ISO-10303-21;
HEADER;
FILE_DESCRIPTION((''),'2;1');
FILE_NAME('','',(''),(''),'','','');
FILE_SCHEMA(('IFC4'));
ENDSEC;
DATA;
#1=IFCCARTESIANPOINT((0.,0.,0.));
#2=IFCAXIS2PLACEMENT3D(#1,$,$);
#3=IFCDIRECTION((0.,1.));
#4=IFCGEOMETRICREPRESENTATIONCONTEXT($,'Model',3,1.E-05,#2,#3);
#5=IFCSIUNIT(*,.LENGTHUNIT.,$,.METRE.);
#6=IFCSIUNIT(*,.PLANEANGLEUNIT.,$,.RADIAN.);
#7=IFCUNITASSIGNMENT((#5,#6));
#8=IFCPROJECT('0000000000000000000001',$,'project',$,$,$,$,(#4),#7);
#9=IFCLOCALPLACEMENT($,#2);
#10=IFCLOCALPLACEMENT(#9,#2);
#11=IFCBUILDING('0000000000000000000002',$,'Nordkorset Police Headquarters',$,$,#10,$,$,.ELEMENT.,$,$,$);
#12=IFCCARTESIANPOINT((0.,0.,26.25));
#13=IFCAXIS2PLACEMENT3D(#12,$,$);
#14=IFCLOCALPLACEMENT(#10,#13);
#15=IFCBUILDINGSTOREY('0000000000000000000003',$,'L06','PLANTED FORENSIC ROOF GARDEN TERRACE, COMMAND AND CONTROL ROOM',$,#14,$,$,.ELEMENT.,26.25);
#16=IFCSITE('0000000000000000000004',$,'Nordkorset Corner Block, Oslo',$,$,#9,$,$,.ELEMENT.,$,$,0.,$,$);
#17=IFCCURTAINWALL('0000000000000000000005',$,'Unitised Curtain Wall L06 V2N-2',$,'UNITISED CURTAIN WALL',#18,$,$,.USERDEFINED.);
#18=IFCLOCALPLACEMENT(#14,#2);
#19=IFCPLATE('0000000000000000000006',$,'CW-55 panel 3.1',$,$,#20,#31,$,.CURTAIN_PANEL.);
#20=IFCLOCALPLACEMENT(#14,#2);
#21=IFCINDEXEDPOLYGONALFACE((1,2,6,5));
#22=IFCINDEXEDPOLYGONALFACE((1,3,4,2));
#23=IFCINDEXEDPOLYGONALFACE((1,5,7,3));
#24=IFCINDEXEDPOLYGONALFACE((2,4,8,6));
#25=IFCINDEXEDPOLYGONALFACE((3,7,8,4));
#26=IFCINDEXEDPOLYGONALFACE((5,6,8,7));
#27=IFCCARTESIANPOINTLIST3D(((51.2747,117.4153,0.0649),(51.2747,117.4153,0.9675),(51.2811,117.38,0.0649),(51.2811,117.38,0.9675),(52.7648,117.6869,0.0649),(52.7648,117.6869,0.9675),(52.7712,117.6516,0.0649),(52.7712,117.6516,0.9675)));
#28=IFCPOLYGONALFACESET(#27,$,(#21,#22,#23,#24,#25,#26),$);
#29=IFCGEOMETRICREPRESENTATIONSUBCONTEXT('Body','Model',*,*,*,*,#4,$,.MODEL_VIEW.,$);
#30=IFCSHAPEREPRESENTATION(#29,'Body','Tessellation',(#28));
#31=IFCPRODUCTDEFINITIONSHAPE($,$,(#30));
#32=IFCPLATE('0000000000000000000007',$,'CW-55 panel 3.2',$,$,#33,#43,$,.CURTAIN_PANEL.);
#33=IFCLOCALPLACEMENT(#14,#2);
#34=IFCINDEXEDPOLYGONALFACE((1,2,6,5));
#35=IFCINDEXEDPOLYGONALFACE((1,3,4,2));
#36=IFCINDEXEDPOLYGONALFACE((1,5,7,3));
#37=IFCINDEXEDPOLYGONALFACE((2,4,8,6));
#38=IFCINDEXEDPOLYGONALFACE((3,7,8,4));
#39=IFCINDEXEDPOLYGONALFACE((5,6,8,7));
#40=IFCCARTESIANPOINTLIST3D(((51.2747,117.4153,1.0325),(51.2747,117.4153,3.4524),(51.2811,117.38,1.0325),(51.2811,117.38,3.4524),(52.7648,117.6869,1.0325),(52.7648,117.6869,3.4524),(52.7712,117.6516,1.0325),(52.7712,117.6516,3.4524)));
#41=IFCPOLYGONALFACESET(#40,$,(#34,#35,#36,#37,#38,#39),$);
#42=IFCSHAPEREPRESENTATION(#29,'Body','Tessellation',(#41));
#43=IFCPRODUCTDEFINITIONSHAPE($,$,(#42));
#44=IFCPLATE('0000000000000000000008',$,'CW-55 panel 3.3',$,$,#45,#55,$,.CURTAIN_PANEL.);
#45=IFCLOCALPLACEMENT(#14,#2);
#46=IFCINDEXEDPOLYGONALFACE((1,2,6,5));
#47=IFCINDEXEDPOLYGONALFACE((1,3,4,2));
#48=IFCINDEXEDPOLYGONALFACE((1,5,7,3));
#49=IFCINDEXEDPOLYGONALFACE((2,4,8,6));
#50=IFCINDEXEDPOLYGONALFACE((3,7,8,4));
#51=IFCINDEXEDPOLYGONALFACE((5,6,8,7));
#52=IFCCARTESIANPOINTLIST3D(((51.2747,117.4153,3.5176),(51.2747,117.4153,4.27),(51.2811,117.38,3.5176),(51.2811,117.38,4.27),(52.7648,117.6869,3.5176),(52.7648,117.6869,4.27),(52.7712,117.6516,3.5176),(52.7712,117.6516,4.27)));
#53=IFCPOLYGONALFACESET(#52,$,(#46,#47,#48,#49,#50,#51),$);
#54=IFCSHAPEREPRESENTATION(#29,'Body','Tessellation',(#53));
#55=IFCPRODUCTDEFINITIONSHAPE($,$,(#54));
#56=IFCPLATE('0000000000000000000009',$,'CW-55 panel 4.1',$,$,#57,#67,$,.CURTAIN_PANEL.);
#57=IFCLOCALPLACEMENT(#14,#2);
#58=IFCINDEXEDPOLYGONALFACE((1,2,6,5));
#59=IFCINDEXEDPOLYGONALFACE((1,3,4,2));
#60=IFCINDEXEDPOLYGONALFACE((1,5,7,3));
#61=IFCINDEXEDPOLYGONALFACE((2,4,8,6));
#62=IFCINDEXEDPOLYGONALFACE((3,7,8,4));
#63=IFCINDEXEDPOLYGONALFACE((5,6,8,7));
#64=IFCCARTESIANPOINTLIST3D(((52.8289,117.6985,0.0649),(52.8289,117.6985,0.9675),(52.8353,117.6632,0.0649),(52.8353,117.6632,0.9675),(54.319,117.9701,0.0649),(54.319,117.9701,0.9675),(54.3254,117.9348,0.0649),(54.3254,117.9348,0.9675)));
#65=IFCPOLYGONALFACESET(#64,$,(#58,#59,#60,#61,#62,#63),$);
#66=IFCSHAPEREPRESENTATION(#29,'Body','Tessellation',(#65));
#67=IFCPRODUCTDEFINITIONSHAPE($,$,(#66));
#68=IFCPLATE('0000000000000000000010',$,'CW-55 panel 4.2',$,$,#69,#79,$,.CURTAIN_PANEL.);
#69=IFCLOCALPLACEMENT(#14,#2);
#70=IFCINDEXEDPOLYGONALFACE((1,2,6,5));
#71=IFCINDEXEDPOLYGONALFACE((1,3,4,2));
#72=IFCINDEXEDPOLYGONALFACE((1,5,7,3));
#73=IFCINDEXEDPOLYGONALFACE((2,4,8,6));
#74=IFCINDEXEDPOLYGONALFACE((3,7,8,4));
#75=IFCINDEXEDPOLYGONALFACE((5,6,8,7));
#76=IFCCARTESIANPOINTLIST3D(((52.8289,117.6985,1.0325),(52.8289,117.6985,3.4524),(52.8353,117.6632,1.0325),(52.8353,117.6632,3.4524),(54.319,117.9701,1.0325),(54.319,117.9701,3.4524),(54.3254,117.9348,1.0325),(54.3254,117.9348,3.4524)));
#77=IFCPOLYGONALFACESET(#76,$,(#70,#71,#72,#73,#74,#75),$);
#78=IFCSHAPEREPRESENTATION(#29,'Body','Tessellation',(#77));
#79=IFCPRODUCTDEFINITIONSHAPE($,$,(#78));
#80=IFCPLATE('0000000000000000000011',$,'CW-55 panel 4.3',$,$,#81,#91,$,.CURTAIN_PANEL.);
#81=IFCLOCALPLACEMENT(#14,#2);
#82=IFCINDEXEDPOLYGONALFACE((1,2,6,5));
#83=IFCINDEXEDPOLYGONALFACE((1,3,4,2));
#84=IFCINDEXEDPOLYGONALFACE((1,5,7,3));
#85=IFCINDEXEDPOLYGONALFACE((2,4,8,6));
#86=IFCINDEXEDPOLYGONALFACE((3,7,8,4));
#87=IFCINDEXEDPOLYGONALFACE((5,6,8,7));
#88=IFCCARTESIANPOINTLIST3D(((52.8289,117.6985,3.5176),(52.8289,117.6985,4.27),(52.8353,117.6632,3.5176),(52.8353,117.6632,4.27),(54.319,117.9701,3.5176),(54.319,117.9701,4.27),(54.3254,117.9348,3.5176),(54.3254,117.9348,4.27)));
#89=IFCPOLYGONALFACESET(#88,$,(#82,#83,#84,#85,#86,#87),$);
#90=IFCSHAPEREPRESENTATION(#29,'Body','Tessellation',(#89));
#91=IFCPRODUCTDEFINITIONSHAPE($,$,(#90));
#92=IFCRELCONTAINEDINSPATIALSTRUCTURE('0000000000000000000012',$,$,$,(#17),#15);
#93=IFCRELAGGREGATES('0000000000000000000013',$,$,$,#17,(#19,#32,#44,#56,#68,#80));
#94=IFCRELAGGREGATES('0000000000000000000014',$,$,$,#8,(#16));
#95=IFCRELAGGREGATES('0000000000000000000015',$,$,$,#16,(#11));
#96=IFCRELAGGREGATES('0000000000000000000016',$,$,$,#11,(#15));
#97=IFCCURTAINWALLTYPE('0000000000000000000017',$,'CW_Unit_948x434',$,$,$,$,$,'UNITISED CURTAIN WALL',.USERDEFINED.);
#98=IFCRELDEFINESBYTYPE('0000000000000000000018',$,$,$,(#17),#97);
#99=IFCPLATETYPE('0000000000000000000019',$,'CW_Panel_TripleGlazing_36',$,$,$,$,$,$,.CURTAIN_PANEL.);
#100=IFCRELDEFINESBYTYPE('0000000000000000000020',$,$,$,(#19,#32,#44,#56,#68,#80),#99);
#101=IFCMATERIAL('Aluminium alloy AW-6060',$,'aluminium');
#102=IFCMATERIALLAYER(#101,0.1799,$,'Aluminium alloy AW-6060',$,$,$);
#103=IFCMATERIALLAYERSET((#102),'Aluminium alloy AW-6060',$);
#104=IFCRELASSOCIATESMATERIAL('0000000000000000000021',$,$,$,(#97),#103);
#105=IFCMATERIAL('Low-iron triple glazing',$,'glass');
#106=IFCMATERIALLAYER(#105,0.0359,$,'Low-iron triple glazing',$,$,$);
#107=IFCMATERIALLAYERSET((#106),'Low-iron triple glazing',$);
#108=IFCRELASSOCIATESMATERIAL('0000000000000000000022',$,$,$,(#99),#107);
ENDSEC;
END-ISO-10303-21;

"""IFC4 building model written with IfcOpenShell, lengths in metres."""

from ifc_helpers import new_model, si_unit, direction, frame, origin, origin_2d, place, context, subcontext, project, spatial, rectangle, extrude, material, layer, layer_set, type_object, element, aggregate, save


model = new_model("IFC4")

# Units and contexts
model_context = context("Model", 3, precision=1e-05, world=origin(), true_north=direction((0.0, 1.0)))
body_context = subcontext(model_context, "Body", "Model", "MODEL_VIEW")
ifc_project = project(units=[si_unit("LENGTHUNIT", "METRE"), si_unit("PLANEANGLEUNIT", "RADIAN")], contexts=[model_context])

# Site, building, storey
site_placement = place(None, origin())
site = spatial("IfcSite", under=ifc_project, at=site_placement, Name="Nordkorset Corner Block, Oslo", CompositionType="ELEMENT", RefElevation=0.0)
building_placement = place(site_placement, origin())
building = spatial("IfcBuilding", under=site, at=building_placement, Name="Nordkorset Police Headquarters", CompositionType="ELEMENT")
storey_placement = place(building_placement, frame((0.0, 0.0, 26.25)))
storey = spatial("IfcBuildingStorey", under=building, at=storey_placement, Name="L06", Description="PLANTED FORENSIC ROOF GARDEN TERRACE, COMMAND AND CONTROL ROOM", CompositionType="ELEMENT", Elevation=26.25)

# Curtain wall, plates
ifc_material_1 = material(Name="Aluminium alloy AW-6060", Category="aluminium")
ifc_layer_1 = layer(ifc_material_1, 0.1799, Name="Aluminium alloy AW-6060")
ifc_layer_set_1 = layer_set([ifc_layer_1], Name="Aluminium alloy AW-6060")
curtain_wall_type = type_object("IfcCurtainWallType", Name="CW_Unit_948x434", ElementType="UNITISED CURTAIN WALL", PredefinedType="USERDEFINED", material=ifc_layer_set_1)
curtain_wall_placement = place(storey_placement, origin())
curtain_wall = element("IfcCurtainWall", 1, at=curtain_wall_placement, inside=storey, type_object=curtain_wall_type, Name="Unitised Curtain Wall L06 V2N-2", ObjectType="UNITISED CURTAIN WALL", PredefinedType="USERDEFINED")
ifc_material_2 = material(Name="Low-iron triple glazing", Category="glass")
ifc_layer_2 = layer(ifc_material_2, 0.0359, Name="Low-iron triple glazing")
ifc_layer_set_2 = layer_set([ifc_layer_2], Name="Low-iron triple glazing")
plate_type = type_object("IfcPlateType", Name="CW_Panel_TripleGlazing_36", PredefinedType="CURTAIN_PANEL", material=ifc_layer_set_2)
plate_1_placement = place(storey_placement, frame((52.0229, 117.5334, 0.0649), z_axis=(0.0, 0.0, 1.0), x_axis=(0.983788, 0.179336, 0.0)))
plate_1 = element("IfcPlate", 2, at=plate_1_placement, type_object=plate_type, Name="CW-55 panel 3.1", PredefinedType="CURTAIN_PANEL", context=body_context, shape_type="SweptSolid", body=[
    extrude(rectangle(XDim=1.5146, YDim=0.0359, at=origin_2d()), origin(), (0.0, 0.0, 1.0), 0.9026),
])
plate_2_placement = place(storey_placement, frame((52.0229, 117.5334, 1.0325), z_axis=(0.0, 0.0, 1.0), x_axis=(0.983788, 0.179336, 0.0)))
plate_2 = element("IfcPlate", 3, at=plate_2_placement, type_object=plate_type, Name="CW-55 panel 3.2", PredefinedType="CURTAIN_PANEL", context=body_context, shape_type="SweptSolid", body=[
    extrude(rectangle(XDim=1.5146, YDim=0.0359, at=origin_2d()), origin(), (0.0, 0.0, 1.0), 2.4199),
])
plate_3_placement = place(storey_placement, frame((52.0229, 117.5334, 3.5176), z_axis=(0.0, 0.0, 1.0), x_axis=(0.983788, 0.179336, 0.0)))
plate_3 = element("IfcPlate", 4, at=plate_3_placement, type_object=plate_type, Name="CW-55 panel 3.3", PredefinedType="CURTAIN_PANEL", context=body_context, shape_type="SweptSolid", body=[
    extrude(rectangle(XDim=1.5146, YDim=0.0359, at=origin_2d()), origin(), (0.0, 0.0, 1.0), 0.7524),
])
plate_4_placement = place(storey_placement, frame((53.5771, 117.8167, 0.0649), z_axis=(0.0, 0.0, 1.0), x_axis=(0.983788, 0.179336, 0.0)))
plate_4 = element("IfcPlate", 5, at=plate_4_placement, type_object=plate_type, Name="CW-55 panel 4.1", PredefinedType="CURTAIN_PANEL", context=body_context, shape_type="SweptSolid", body=[
    extrude(rectangle(XDim=1.5146, YDim=0.0359, at=origin_2d()), origin(), (0.0, 0.0, 1.0), 0.9026),
])
plate_5_placement = place(storey_placement, frame((53.5771, 117.8167, 1.0325), z_axis=(0.0, 0.0, 1.0), x_axis=(0.983788, 0.179336, 0.0)))
plate_5 = element("IfcPlate", 6, at=plate_5_placement, type_object=plate_type, Name="CW-55 panel 4.2", PredefinedType="CURTAIN_PANEL", context=body_context, shape_type="SweptSolid", body=[
    extrude(rectangle(XDim=1.5146, YDim=0.0359, at=origin_2d()), origin(), (0.0, 0.0, 1.0), 2.4199),
])
plate_6_placement = place(storey_placement, frame((53.5771, 117.8167, 3.5176), z_axis=(0.0, 0.0, 1.0), x_axis=(0.983788, 0.179336, 0.0)))
plate_6 = element("IfcPlate", 7, at=plate_6_placement, type_object=plate_type, Name="CW-55 panel 4.3", PredefinedType="CURTAIN_PANEL", context=body_context, shape_type="SweptSolid", body=[
    extrude(rectangle(XDim=1.5146, YDim=0.0359, at=origin_2d()), origin(), (0.0, 0.0, 1.0), 0.7524),
])
aggregate(curtain_wall, [plate_1, plate_2, plate_3, plate_4, plate_5, plate_6])

save(model, "model.ifc")
